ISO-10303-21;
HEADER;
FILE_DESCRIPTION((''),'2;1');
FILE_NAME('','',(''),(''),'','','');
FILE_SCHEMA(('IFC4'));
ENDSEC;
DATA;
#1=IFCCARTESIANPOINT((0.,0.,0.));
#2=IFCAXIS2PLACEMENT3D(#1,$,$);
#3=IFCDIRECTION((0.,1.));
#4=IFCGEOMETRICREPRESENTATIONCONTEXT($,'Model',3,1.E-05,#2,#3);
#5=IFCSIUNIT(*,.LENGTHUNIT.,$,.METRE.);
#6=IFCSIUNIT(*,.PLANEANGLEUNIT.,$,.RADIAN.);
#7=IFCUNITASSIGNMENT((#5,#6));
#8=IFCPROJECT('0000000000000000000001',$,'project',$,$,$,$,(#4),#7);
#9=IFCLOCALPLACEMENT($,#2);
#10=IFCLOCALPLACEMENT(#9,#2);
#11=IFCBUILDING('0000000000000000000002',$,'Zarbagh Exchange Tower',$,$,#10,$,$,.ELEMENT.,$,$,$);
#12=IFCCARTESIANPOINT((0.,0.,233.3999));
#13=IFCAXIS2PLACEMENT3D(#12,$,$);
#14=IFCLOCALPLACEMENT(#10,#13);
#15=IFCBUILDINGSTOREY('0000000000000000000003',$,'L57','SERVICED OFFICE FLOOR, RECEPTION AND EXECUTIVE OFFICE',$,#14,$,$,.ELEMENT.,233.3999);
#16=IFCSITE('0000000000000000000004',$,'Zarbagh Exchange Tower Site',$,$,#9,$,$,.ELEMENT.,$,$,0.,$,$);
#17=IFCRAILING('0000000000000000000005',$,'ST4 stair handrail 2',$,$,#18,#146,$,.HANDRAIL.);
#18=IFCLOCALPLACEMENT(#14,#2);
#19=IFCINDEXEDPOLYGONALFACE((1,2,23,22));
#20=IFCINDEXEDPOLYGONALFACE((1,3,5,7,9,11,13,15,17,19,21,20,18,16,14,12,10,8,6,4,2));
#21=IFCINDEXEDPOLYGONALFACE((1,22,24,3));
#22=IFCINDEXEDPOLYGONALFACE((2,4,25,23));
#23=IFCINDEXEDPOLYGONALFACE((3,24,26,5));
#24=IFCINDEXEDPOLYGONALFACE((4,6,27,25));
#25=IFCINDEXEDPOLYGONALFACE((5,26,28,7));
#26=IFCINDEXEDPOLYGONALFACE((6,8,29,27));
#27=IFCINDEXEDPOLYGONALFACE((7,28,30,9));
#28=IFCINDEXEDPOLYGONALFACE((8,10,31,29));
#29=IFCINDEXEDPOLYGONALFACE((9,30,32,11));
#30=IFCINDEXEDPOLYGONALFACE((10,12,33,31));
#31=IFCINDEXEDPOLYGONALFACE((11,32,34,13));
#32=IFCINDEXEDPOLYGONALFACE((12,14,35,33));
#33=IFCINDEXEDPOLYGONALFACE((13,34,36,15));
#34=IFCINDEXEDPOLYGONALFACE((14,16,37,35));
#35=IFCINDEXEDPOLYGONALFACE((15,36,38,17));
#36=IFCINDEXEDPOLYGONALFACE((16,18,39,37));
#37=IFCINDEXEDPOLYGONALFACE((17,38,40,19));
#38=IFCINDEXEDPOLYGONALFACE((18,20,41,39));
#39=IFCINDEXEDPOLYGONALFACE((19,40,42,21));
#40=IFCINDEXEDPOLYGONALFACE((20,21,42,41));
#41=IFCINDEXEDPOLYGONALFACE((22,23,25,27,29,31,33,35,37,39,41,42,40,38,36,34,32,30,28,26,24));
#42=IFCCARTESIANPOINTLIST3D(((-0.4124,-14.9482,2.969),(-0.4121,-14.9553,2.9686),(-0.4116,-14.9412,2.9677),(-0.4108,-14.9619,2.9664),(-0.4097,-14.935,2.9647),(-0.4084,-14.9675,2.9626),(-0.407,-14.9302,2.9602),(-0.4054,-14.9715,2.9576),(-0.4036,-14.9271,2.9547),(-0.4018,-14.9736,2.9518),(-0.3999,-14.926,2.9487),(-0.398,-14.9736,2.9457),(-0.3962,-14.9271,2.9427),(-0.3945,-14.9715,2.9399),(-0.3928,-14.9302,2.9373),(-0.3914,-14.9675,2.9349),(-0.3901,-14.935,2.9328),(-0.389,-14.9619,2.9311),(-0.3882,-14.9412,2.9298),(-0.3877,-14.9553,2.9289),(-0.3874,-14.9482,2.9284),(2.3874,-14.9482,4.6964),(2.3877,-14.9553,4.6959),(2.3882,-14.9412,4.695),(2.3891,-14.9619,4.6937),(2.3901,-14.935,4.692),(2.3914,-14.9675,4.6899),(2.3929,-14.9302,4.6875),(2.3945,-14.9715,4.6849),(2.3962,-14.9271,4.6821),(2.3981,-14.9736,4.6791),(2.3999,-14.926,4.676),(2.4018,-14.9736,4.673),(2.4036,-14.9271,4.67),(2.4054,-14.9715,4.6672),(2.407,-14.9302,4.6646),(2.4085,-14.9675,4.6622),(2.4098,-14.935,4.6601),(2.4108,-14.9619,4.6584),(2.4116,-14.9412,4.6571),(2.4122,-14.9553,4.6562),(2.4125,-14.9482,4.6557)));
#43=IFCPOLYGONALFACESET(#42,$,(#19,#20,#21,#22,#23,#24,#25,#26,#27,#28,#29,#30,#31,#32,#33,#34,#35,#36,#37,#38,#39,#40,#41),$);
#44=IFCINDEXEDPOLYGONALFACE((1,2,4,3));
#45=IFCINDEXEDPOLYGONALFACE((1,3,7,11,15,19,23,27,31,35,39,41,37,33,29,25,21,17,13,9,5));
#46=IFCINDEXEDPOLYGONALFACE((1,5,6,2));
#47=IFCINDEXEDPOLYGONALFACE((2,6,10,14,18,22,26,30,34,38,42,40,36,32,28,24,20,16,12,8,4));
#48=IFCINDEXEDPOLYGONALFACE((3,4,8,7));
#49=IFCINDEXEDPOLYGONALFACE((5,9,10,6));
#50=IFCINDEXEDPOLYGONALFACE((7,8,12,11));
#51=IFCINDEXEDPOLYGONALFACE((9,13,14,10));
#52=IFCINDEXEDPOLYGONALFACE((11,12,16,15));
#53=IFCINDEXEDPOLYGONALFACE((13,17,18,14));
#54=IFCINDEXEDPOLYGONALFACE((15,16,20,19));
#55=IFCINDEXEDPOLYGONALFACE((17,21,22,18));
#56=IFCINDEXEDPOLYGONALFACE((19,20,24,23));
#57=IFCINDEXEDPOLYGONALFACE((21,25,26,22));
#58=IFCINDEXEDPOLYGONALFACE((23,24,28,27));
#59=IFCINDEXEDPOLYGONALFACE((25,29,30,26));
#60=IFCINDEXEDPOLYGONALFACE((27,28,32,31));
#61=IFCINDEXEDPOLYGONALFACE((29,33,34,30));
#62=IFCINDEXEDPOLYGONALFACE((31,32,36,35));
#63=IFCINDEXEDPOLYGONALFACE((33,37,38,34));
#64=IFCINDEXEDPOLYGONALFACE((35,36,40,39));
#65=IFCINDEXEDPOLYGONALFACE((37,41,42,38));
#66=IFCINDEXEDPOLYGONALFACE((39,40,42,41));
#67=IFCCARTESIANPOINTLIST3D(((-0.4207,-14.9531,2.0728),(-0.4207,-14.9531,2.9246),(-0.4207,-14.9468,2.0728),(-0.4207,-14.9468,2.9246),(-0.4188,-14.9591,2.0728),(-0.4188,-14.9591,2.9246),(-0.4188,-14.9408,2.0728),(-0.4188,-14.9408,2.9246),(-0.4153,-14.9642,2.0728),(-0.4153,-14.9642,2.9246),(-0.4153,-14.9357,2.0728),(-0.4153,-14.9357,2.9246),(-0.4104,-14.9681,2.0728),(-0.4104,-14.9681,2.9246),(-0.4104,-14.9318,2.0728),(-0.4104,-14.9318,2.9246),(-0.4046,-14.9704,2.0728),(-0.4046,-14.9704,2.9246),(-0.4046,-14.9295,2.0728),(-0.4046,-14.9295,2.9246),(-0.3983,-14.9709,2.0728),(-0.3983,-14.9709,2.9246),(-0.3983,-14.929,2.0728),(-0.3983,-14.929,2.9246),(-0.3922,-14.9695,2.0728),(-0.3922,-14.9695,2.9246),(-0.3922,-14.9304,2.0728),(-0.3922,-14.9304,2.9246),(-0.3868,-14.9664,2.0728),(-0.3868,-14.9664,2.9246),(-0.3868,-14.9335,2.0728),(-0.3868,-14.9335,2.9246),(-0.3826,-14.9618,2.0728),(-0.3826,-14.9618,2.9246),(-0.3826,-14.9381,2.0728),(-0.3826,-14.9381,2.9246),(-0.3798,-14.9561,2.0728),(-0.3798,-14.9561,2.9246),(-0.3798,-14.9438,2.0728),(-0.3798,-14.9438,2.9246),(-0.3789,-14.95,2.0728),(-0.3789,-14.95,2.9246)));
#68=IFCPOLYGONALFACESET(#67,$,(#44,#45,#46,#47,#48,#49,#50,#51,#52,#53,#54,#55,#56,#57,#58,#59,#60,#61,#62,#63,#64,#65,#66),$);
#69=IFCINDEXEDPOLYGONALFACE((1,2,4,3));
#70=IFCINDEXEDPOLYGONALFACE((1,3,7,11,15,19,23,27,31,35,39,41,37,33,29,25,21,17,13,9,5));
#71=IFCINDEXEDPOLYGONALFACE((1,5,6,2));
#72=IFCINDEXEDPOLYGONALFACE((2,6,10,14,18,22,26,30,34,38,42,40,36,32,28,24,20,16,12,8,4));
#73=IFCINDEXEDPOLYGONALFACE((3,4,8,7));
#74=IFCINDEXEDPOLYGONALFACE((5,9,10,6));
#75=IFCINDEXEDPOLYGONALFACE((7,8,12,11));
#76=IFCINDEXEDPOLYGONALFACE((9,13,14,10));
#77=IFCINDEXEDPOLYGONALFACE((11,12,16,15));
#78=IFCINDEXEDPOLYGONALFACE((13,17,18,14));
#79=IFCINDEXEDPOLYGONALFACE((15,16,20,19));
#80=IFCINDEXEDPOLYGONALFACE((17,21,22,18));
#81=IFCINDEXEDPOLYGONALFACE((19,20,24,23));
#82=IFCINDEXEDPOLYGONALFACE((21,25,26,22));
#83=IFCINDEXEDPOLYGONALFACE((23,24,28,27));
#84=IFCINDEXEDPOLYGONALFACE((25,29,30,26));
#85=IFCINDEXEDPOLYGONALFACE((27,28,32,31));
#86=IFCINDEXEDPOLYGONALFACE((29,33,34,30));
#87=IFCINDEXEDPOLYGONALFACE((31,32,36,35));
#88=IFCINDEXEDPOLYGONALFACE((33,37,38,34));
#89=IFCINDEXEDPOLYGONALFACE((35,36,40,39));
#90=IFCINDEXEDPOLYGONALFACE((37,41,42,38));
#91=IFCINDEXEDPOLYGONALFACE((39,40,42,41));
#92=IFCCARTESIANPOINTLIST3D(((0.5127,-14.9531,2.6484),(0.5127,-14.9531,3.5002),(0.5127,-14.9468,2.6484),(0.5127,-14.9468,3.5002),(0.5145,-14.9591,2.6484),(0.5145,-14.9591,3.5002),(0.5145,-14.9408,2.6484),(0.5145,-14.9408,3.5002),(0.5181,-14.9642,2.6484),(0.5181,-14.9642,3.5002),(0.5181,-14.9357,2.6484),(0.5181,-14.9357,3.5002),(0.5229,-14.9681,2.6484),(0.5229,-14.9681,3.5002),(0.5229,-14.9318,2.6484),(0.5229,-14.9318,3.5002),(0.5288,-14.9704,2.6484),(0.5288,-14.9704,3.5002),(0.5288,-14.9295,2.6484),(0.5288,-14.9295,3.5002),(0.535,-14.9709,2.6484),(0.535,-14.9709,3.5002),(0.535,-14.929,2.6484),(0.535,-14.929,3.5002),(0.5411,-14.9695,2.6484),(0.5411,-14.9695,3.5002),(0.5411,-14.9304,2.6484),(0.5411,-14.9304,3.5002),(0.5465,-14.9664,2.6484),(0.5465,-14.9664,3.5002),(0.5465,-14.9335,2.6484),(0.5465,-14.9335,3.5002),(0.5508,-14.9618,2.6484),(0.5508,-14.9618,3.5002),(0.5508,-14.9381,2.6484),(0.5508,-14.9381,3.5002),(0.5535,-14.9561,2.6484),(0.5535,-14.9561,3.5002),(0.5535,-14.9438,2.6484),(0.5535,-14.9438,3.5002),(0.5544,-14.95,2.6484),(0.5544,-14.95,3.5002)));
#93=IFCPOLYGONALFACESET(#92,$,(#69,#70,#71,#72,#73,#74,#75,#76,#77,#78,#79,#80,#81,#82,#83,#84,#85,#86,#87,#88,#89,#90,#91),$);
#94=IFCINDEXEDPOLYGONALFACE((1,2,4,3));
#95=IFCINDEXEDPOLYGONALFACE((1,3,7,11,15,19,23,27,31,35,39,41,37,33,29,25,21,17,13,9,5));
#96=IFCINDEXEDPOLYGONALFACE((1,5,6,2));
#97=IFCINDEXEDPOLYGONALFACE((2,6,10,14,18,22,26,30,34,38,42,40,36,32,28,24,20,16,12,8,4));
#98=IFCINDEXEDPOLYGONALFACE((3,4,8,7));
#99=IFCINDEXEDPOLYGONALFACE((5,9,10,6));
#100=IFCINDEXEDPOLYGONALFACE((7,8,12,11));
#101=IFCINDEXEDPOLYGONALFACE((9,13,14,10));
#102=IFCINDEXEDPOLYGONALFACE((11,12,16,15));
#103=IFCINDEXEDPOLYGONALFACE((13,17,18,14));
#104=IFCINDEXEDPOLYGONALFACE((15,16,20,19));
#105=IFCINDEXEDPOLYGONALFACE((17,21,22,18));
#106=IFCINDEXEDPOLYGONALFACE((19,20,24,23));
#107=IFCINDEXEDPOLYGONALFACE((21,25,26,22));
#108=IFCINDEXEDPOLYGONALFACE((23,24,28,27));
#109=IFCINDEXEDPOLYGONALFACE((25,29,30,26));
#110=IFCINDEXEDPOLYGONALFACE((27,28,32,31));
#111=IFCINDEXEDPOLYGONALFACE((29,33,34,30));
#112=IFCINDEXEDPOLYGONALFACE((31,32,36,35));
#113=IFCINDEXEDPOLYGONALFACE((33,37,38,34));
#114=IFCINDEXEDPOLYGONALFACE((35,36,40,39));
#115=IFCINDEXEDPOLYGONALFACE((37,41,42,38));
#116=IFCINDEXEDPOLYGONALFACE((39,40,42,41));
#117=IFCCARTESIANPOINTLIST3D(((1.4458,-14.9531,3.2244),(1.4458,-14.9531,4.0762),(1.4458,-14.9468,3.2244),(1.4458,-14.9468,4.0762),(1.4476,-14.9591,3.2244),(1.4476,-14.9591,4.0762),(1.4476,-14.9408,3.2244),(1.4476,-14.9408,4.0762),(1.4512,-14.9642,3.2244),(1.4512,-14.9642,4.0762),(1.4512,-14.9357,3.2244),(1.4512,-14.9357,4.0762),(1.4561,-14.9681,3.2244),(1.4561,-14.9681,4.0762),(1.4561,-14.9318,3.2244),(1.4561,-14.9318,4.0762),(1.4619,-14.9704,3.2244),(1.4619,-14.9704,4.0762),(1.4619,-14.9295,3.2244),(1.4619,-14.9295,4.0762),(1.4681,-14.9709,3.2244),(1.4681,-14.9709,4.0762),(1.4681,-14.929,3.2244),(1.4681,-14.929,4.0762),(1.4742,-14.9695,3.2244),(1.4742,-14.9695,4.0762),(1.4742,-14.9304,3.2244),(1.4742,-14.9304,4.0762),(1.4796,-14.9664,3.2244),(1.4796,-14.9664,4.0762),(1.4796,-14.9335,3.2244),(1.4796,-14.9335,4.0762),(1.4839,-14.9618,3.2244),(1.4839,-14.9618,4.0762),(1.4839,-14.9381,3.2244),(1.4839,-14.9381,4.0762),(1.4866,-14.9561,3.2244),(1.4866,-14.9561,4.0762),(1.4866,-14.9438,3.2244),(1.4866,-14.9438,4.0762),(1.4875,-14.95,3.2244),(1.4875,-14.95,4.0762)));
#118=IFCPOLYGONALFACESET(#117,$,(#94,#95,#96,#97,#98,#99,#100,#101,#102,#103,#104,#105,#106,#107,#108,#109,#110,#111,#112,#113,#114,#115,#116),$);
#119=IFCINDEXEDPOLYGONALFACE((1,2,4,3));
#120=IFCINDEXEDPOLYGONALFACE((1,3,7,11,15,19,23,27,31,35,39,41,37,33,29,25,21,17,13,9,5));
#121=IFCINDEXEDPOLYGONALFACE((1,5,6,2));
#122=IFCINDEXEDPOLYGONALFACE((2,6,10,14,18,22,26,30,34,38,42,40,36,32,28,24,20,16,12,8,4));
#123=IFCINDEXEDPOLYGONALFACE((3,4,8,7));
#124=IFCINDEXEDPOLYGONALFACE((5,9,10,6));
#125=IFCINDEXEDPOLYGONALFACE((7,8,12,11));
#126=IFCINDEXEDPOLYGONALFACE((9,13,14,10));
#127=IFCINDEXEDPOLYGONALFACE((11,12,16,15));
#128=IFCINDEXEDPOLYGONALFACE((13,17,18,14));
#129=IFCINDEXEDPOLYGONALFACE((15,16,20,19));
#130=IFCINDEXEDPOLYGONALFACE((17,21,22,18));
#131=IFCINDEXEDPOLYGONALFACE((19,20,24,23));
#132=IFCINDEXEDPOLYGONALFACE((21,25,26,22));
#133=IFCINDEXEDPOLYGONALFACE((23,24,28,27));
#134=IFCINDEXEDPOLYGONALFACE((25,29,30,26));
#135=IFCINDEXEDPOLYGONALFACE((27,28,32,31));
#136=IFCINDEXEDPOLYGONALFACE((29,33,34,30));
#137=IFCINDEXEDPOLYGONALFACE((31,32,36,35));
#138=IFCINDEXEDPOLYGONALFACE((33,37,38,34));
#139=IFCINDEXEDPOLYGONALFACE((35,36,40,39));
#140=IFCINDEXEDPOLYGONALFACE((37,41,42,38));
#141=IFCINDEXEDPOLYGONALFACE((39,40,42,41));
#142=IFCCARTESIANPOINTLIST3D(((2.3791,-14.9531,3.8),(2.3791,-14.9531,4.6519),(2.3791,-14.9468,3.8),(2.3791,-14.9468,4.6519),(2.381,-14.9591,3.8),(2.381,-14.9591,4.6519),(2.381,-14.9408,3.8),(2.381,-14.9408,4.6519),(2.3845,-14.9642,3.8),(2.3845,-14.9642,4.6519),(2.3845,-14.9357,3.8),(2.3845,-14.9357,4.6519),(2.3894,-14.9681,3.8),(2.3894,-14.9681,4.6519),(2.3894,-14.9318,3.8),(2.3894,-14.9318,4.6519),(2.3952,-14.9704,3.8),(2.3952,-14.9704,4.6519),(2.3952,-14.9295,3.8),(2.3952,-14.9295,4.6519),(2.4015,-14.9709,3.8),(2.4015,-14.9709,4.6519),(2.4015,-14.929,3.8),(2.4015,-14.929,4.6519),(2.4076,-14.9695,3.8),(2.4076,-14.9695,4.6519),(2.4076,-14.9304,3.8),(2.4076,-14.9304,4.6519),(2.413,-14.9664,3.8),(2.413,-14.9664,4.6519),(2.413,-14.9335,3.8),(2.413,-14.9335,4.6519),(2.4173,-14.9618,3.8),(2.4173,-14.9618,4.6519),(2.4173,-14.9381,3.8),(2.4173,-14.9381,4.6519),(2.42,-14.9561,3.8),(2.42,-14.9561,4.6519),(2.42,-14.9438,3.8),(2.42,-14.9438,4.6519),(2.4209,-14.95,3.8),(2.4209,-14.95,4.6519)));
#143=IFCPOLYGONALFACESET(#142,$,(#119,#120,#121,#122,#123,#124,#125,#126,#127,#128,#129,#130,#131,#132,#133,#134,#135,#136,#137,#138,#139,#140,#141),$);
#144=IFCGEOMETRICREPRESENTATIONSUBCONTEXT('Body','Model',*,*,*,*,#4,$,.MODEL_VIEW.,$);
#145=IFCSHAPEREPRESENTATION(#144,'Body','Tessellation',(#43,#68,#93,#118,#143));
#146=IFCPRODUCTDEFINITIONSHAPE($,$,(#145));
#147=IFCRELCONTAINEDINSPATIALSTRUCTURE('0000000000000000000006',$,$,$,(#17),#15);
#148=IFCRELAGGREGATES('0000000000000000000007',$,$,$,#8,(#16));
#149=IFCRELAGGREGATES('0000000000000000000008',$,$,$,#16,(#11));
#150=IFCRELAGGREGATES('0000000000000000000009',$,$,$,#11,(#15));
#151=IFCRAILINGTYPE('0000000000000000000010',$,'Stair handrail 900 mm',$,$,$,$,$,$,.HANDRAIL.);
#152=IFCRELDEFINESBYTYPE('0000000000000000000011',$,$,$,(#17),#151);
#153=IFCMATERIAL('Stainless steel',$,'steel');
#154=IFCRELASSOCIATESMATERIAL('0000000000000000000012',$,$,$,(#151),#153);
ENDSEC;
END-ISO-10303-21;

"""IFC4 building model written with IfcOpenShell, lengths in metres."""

from ifc_helpers import new_model, si_unit, direction, frame, origin, origin_2d, place, context, subcontext, project, spatial, circle, extrude, material, type_object, element, save


model = new_model("IFC4")

# Units and contexts
model_context = context("Model", 3, precision=1e-05, world=origin(), true_north=direction((0.0, 1.0)))
body_context = subcontext(model_context, "Body", "Model", "MODEL_VIEW")
ifc_project = project(units=[si_unit("LENGTHUNIT", "METRE"), si_unit("PLANEANGLEUNIT", "RADIAN")], contexts=[model_context])

# Site, building, storey
site_placement = place(None, origin())
site = spatial("IfcSite", under=ifc_project, at=site_placement, Name="Zarbagh Exchange Tower Site", CompositionType="ELEMENT", RefElevation=0.0)
building_placement = place(site_placement, origin())
building = spatial("IfcBuilding", under=site, at=building_placement, Name="Zarbagh Exchange Tower", CompositionType="ELEMENT")
storey_placement = place(building_placement, frame((0.0, 0.0, 233.3999)))
storey = spatial("IfcBuildingStorey", under=building, at=storey_placement, Name="L57", Description="SERVICED OFFICE FLOOR, RECEPTION AND EXECUTIVE OFFICE", CompositionType="ELEMENT", Elevation=233.3999)

# Shared definitions
ifc_material_1 = material(Name="Stainless steel", Category="steel")

# Railing
railing_type = type_object("IfcRailingType", Name="Stair handrail 900 mm", PredefinedType="HANDRAIL", material=ifc_material_1)
railing_placement = place(storey_placement, frame((-0.3999, -14.95, 2.0728)))
element("IfcRailing", 1, at=railing_placement, inside=storey, type_object=railing_type, Name="ST4 stair handrail 2", PredefinedType="HANDRAIL", context=body_context, shape_type="SweptSolid", body=[
    extrude(circle(Radius=0.0239, at=origin_2d()), frame((0.0, 0.0, 0.876), z_axis=(0.851069, 0.0, 0.525054), x_axis=(0.0, 1.0, 0.0)), (0.0, 0.0, 1.0), 3.2898),
    extrude(circle(Radius=0.021, at=origin_2d()), origin(), (0.0, 0.0, 1.0), 0.8518),
    extrude(circle(Radius=0.021, at=origin_2d()), frame((0.9333, 0.0, 0.5757)), (0.0, 0.0, 1.0), 0.8518),
    extrude(circle(Radius=0.021, at=origin_2d()), frame((1.8665, 0.0, 1.1516)), (0.0, 0.0, 1.0), 0.8518),
    extrude(circle(Radius=0.021, at=origin_2d()), frame((2.7998, 0.0, 1.7273)), (0.0, 0.0, 1.0), 0.8518),
])

save(model, "model.ifc")
